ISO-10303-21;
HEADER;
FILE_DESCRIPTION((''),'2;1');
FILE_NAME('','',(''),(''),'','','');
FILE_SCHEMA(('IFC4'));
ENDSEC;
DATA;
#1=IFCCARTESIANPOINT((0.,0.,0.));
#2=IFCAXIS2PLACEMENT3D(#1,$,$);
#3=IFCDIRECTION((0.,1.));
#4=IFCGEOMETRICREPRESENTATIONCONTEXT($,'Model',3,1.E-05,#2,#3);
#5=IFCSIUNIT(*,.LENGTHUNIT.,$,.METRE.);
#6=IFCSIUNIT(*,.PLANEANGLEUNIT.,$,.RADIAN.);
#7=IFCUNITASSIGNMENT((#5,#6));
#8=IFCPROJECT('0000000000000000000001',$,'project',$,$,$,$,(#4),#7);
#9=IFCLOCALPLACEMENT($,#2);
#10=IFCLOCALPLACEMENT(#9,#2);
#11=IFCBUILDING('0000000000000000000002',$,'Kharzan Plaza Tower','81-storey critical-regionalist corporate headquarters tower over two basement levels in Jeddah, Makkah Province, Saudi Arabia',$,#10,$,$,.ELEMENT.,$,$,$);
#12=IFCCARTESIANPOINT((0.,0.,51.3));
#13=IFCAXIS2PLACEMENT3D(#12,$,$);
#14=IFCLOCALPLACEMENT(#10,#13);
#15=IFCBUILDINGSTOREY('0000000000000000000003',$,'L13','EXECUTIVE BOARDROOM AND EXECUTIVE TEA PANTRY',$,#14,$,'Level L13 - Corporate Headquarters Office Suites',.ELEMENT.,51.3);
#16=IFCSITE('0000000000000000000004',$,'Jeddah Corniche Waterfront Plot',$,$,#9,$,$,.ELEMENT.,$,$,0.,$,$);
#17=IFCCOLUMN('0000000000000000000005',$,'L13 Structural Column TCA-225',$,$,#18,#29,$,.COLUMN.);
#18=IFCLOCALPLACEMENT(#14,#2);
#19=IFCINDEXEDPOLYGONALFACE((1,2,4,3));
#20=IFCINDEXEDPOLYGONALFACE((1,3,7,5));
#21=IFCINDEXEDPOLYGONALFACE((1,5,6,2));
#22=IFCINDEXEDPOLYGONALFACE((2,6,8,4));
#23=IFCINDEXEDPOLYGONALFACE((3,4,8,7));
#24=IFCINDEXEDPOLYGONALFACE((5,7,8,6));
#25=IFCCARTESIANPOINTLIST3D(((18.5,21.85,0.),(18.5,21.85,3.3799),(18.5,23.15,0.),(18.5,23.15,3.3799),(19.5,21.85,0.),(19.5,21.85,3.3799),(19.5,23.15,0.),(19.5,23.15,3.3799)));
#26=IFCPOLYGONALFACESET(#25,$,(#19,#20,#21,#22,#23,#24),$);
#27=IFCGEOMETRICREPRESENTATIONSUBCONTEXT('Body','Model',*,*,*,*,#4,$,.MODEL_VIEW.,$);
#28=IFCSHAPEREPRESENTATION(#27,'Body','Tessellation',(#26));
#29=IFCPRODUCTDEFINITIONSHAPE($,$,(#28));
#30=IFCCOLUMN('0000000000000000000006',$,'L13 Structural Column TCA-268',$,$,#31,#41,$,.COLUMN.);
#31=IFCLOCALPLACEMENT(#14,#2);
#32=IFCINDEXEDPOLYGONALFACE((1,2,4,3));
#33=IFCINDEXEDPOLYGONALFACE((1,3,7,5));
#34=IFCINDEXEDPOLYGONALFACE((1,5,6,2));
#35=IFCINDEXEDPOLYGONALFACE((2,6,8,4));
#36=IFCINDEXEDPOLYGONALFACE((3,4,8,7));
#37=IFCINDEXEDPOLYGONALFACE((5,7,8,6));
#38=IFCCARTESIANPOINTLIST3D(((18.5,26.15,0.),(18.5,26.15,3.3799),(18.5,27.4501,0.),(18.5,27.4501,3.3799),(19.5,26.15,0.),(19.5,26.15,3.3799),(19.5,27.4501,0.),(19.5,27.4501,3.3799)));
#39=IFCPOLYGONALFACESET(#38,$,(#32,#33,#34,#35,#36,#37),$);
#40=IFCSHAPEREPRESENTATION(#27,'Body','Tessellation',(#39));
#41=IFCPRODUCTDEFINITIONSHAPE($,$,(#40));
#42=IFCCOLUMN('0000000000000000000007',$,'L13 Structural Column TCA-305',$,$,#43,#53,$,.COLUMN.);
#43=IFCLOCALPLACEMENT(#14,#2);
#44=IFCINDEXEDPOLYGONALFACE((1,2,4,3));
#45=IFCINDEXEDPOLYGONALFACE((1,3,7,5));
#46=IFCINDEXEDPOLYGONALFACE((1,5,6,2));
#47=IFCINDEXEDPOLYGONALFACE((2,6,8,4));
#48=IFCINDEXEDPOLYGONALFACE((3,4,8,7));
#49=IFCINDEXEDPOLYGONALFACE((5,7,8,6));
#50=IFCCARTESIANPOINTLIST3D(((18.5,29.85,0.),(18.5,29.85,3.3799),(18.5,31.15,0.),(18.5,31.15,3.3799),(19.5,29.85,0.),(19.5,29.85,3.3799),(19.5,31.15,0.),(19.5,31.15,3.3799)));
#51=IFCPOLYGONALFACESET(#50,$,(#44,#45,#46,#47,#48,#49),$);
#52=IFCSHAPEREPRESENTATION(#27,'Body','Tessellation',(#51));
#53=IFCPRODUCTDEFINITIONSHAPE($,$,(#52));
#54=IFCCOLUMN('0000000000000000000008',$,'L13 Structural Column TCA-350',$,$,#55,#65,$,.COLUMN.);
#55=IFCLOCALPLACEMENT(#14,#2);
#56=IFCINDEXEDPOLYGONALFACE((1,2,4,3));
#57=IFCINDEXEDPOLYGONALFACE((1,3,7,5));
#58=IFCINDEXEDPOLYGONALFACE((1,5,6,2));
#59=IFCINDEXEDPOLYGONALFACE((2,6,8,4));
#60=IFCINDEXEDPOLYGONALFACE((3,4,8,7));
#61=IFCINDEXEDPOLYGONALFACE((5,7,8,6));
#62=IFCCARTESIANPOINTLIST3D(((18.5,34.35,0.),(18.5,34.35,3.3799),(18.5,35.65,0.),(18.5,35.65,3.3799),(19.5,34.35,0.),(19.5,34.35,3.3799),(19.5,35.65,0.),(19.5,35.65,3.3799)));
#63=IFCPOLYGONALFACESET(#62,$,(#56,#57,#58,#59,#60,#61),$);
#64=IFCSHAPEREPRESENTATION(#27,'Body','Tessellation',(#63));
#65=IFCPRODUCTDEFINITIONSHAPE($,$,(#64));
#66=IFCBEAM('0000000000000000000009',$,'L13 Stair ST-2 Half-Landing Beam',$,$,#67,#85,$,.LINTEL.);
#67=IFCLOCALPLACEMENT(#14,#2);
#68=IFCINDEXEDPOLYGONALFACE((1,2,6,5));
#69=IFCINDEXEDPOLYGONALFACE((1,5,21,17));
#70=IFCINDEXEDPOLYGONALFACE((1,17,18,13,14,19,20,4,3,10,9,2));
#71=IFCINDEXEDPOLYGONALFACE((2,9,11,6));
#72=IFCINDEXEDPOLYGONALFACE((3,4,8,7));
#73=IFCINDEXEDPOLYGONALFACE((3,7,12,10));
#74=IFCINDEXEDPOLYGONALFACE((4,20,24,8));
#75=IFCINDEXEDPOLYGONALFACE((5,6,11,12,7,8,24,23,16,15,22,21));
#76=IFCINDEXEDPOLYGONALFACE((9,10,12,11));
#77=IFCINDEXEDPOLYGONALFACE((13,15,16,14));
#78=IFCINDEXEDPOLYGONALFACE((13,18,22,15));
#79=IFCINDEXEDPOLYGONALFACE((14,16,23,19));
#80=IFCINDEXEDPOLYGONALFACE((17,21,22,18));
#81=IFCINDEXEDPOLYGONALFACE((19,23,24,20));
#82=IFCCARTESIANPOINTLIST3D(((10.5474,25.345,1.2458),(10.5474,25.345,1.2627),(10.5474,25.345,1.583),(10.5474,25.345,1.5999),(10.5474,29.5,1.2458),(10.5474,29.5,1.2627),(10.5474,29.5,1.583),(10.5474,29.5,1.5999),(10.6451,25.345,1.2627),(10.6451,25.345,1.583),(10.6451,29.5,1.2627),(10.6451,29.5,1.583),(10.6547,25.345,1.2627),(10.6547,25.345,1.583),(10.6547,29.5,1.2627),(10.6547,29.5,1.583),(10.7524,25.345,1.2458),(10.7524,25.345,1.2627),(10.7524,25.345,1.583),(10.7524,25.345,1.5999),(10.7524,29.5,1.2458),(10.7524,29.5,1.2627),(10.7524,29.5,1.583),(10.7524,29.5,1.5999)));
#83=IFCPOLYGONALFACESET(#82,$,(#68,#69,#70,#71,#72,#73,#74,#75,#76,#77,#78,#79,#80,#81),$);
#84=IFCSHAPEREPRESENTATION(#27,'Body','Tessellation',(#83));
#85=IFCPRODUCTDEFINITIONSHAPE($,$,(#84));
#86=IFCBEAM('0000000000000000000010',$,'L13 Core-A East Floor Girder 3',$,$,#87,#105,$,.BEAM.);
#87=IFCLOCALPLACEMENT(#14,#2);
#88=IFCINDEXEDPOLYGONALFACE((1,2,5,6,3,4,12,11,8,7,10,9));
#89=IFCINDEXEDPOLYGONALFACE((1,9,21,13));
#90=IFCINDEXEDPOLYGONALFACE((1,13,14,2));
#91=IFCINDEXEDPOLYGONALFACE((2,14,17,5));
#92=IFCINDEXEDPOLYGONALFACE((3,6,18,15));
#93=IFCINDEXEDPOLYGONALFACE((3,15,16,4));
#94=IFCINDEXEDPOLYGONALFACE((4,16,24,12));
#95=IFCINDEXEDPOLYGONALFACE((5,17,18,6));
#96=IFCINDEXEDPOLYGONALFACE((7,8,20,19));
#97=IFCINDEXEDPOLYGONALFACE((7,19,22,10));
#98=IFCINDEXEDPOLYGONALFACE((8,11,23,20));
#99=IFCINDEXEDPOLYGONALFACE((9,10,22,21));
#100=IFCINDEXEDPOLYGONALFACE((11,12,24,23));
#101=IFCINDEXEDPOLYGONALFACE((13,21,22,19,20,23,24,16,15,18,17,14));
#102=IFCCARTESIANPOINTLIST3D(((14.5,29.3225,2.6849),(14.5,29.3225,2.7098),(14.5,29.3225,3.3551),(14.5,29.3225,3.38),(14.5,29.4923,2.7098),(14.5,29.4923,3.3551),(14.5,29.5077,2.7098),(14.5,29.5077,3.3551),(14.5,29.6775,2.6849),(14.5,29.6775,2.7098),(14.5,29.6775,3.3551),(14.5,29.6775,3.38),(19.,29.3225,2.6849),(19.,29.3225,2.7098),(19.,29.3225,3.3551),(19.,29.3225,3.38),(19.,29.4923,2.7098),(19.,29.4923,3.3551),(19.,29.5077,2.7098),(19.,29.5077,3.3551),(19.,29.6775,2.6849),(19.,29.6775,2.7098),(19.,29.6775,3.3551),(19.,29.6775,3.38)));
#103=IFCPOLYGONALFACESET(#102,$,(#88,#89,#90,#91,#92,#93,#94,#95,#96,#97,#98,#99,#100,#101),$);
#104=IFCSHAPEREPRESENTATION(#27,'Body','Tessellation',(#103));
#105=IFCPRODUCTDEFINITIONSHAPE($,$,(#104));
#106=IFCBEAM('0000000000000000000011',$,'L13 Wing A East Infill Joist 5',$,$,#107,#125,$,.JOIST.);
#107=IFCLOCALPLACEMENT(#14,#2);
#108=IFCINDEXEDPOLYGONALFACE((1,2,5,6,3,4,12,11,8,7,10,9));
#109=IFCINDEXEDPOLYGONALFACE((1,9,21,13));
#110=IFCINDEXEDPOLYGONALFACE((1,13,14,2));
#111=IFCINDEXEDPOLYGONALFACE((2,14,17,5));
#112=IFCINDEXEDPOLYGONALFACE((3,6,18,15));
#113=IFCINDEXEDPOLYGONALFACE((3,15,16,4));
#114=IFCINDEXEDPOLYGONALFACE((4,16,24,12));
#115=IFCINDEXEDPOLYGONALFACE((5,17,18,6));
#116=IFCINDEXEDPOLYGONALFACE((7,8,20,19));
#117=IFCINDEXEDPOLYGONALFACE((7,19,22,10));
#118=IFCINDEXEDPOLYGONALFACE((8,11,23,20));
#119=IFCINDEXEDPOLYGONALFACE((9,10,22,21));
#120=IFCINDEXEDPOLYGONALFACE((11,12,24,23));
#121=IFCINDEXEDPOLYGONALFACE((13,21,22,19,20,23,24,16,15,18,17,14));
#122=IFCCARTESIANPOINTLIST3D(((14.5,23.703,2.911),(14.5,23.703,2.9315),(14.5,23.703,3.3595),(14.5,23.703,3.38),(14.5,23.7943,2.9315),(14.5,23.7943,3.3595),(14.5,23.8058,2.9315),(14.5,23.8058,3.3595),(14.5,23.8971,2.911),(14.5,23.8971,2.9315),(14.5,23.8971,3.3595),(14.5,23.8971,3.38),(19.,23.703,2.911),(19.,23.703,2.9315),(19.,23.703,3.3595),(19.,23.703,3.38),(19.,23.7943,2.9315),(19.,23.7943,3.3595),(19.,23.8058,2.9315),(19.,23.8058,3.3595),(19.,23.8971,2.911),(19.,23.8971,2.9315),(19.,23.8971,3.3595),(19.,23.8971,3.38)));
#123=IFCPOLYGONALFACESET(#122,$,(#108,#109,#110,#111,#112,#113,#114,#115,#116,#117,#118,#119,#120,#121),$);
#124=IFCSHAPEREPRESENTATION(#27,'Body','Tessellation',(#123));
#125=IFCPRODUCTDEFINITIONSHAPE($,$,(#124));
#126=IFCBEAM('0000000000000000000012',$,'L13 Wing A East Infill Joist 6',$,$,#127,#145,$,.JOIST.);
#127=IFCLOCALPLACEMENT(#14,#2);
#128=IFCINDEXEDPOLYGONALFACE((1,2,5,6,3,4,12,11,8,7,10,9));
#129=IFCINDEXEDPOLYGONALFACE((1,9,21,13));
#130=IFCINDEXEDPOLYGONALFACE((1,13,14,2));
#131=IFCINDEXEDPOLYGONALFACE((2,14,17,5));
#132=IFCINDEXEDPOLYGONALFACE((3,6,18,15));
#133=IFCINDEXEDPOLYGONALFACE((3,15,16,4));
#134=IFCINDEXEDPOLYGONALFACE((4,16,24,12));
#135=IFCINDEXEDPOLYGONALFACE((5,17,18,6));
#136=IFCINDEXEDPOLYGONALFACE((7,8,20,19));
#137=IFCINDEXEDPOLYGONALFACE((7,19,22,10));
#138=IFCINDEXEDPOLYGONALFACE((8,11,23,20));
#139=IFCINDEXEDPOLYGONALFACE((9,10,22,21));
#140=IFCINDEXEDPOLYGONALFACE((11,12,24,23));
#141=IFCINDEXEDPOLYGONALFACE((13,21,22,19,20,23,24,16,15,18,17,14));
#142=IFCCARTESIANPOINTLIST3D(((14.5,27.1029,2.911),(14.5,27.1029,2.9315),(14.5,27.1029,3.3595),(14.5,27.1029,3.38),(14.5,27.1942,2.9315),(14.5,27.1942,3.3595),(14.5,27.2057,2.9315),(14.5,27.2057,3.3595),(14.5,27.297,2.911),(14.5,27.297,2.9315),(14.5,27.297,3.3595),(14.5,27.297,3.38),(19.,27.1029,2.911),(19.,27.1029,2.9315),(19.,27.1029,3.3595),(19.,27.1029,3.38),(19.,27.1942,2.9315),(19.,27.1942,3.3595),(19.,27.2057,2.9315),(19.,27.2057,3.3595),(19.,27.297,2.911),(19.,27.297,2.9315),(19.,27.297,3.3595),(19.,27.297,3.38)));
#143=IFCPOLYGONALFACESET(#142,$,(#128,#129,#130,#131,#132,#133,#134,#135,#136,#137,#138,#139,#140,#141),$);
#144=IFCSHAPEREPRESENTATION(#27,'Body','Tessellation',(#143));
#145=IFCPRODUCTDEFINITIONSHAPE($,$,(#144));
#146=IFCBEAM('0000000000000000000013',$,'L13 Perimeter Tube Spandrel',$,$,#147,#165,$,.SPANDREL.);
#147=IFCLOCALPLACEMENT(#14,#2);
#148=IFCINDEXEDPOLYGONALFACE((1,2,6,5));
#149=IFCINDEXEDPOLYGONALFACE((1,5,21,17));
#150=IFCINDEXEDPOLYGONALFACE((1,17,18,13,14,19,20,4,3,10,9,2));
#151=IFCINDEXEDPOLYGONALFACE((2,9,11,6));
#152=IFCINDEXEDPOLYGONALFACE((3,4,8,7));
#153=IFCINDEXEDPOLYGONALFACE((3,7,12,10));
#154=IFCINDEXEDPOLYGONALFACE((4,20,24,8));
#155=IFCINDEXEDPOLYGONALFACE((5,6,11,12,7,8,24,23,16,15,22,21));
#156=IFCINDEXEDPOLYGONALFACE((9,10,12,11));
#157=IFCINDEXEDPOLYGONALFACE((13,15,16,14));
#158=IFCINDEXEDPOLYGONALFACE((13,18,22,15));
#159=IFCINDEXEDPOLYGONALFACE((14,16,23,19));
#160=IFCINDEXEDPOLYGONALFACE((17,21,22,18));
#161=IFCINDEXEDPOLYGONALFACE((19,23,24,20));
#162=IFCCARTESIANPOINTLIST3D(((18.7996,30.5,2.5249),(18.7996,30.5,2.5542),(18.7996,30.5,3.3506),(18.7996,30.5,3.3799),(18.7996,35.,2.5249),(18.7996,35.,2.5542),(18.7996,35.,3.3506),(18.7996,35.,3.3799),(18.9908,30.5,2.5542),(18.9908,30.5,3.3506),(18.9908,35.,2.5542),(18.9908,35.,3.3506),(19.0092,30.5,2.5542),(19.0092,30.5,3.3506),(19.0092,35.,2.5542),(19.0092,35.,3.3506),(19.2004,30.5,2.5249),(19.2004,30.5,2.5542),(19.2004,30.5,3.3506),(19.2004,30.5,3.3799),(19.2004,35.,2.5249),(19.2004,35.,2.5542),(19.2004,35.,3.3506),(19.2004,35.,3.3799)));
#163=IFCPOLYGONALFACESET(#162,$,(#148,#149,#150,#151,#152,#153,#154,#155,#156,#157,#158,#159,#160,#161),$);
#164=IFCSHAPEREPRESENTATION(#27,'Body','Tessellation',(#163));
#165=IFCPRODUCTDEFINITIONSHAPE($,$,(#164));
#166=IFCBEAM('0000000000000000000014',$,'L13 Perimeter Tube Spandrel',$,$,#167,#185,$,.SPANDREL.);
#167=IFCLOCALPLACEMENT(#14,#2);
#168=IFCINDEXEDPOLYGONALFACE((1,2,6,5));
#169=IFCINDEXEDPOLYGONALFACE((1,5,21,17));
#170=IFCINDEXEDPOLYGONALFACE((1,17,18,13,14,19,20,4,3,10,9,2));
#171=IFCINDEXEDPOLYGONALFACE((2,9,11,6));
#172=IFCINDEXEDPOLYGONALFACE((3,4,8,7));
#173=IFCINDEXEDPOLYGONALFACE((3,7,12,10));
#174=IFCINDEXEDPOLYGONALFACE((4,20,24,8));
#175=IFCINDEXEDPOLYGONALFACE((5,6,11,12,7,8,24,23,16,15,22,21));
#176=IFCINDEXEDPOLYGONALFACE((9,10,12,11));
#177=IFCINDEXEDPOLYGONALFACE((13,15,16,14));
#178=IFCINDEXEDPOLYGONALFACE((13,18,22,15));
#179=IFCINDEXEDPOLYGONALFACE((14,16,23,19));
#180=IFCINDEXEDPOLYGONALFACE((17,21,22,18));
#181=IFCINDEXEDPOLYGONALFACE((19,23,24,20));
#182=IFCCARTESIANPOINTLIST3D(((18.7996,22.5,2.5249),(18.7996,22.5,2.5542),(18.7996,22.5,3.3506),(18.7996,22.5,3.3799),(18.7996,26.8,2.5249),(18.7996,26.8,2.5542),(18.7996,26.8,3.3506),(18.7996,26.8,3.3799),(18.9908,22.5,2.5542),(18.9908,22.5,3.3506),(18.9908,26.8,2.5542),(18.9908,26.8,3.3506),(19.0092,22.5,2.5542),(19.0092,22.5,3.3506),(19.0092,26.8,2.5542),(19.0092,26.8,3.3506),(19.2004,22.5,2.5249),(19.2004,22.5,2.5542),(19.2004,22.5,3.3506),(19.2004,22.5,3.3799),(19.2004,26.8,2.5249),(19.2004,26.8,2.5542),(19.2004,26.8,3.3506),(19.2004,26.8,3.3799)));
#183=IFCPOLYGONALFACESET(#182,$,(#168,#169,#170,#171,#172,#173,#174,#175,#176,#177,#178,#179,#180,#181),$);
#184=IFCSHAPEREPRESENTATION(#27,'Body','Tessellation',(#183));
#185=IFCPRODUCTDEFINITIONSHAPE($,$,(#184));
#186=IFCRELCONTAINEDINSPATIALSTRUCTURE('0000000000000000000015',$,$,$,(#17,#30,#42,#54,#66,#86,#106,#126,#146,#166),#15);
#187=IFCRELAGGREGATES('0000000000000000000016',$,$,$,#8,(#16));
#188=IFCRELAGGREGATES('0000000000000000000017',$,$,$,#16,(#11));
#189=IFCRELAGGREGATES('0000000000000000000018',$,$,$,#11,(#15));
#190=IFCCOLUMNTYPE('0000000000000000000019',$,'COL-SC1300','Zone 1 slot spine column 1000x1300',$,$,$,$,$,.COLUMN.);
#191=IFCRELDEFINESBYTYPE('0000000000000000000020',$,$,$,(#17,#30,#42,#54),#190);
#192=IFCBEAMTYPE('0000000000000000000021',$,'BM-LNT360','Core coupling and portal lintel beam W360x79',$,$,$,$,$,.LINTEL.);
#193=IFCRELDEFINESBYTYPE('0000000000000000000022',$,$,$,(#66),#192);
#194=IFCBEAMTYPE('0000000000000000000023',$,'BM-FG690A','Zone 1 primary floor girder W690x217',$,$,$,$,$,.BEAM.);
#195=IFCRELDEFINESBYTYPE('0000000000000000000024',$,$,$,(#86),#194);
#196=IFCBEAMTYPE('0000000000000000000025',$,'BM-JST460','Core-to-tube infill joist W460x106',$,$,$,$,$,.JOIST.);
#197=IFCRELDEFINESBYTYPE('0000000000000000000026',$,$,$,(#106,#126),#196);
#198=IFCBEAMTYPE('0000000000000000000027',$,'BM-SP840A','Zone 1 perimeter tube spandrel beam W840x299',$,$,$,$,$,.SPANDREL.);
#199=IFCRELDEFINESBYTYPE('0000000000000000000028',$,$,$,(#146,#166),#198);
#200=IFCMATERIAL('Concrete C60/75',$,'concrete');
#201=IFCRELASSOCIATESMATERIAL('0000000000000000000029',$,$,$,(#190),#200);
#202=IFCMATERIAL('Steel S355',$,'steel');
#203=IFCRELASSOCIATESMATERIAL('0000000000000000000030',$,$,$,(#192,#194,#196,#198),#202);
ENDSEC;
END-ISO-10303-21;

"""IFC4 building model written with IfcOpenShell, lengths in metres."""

from ifc_helpers import new_model, si_unit, direction, frame, origin, origin_2d, place, context, subcontext, project, spatial, rectangle, i_section, extrude, source, transform, mapped, material, material_profile, profile_set, type_object, element, save


model = new_model("IFC4")

# Units and contexts
model_context = context("Model", 3, precision=1e-05, world=origin(), true_north=direction((0.0, 1.0)))
body_context = subcontext(model_context, "Body", "Model", "MODEL_VIEW")
ifc_project = project(units=[si_unit("LENGTHUNIT", "METRE"), si_unit("PLANEANGLEUNIT", "RADIAN")], contexts=[model_context])

# Site, building, storey
site_placement = place(None, origin())
site = spatial("IfcSite", under=ifc_project, at=site_placement, Name="Jeddah Corniche Waterfront Plot", CompositionType="ELEMENT", RefElevation=0.0)
building_placement = place(site_placement, origin())
building = spatial("IfcBuilding", under=site, at=building_placement, Name="Kharzan Plaza Tower", Description="81-storey critical-regionalist corporate headquarters tower over two basement levels in Jeddah, Makkah Province, Saudi Arabia", CompositionType="ELEMENT")
storey_placement = place(building_placement, frame((0.0, 0.0, 51.3)))
storey = spatial("IfcBuildingStorey", under=building, at=storey_placement, Name="L13", Description="EXECUTIVE BOARDROOM AND EXECUTIVE TEA PANTRY", LongName="Level L13 - Corporate Headquarters Office Suites", CompositionType="ELEMENT", Elevation=51.3)

# Columns
ifc_material_1 = material(Name="Concrete C60/75", Category="concrete")
ifc_material_profile_1 = material_profile(ifc_material_1, rectangle(XDim=1.0, YDim=1.3, at=origin_2d()), Name="RC-SC1300x1000")
ifc_profile_set_1 = profile_set([ifc_material_profile_1], Name="Concrete C60/75")
column_type = type_object("IfcColumnType", Name="COL-SC1300", Description="Zone 1 slot spine column 1000x1300", PredefinedType="COLUMN", material=ifc_profile_set_1)
shared_shape_1 = source(origin(), body_context, "Body", "SweptSolid", [
    extrude(rectangle(XDim=1.0, YDim=1.3, at=origin_2d()), origin(), (0.0, 0.0, 1.0), 3.3799),
])
for number, where, z_axis, x_axis, name in (
    (1, (19.0, 22.5, 0.0), (0.0, 0.0, 1.0), (1.0, 0.0, 0.0), "L13 Structural Column TCA-225"),
    (2, (19.0, 26.8, 0.0), (0.0, 0.0, 1.0), (1.0, 0.0, 0.0), "L13 Structural Column TCA-268"),
    (3, (19.0, 30.5, 0.0), (0.0, 0.0, 1.0), (1.0, 0.0, 0.0), "L13 Structural Column TCA-305"),
    (4, (19.0, 35.0, 0.0), (0.0, 0.0, 1.0), (1.0, 0.0, 0.0), "L13 Structural Column TCA-350"),
):
    element("IfcColumn", number, at=place(storey_placement, frame(where, z_axis=z_axis, x_axis=x_axis)), inside=storey, type_object=column_type, Name=name, PredefinedType="COLUMN", context=body_context, shape_type="MappedRepresentation", body=[
        mapped(shared_shape_1, transform((0.0, 0.0, 0.0), x_axis=(1.0, 0.0, 0.0), y_axis=(0.0, 1.0, 0.0), z_axis=(0.0, 0.0, 1.0))),
    ])

# Beams
ifc_material_2 = material(Name="Steel S355", Category="steel")
ifc_material_profile_2 = material_profile(ifc_material_2, i_section(OverallWidth=0.2051, OverallDepth=0.354, WebThickness=0.0095, FlangeThickness=0.0168, at=origin_2d()), Name="W360x79")
ifc_profile_set_2 = profile_set([ifc_material_profile_2], Name="Steel S355")
beam_type_1 = type_object("IfcBeamType", Name="BM-LNT360", Description="Core coupling and portal lintel beam W360x79", PredefinedType="LINTEL", material=ifc_profile_set_2)
shared_shape_2 = source(origin(), body_context, "Body", "SweptSolid", [
    extrude(i_section(OverallWidth=0.2051, OverallDepth=0.354, WebThickness=0.0095, FlangeThickness=0.0168, at=origin_2d()), origin(), (0.0, 0.0, 1.0), 4.155),
])
beam_1_placement = place(storey_placement, frame((10.6499, 25.345, 1.4229), z_axis=(0.0, 1.0, 0.0), x_axis=(-1.0, 0.0, 0.0)))
element("IfcBeam", 5, at=beam_1_placement, inside=storey, type_object=beam_type_1, Name="L13 Stair ST-2 Half-Landing Beam", PredefinedType="LINTEL", context=body_context, shape_type="MappedRepresentation", body=[
    mapped(shared_shape_2, transform((0.0, 0.0, 0.0), x_axis=(1.0, 0.0, 0.0), y_axis=(0.0, 1.0, 0.0), z_axis=(0.0, 0.0, 1.0))),
])
ifc_material_profile_3 = material_profile(ifc_material_2, i_section(OverallWidth=0.355, OverallDepth=0.6951, WebThickness=0.0154, FlangeThickness=0.0249, at=origin_2d()), Name="W690x217")
ifc_profile_set_3 = profile_set([ifc_material_profile_3], Name="Steel S355")
beam_type_2 = type_object("IfcBeamType", Name="BM-FG690A", Description="Zone 1 primary floor girder W690x217", PredefinedType="BEAM", material=ifc_profile_set_3)
shared_shape_3 = source(origin(), body_context, "Body", "SweptSolid", [
    extrude(i_section(OverallWidth=0.355, OverallDepth=0.6951, WebThickness=0.0154, FlangeThickness=0.0249, at=origin_2d()), origin(), (0.0, 0.0, 1.0), 4.5),
])
beam_2_placement = place(storey_placement, frame((14.5, 29.5, 3.0325), z_axis=(1.0, 0.0, 0.0), x_axis=(0.0, 1.0, 0.0)))
element("IfcBeam", 6, at=beam_2_placement, inside=storey, type_object=beam_type_2, Name="L13 Core-A East Floor Girder 3", PredefinedType="BEAM", context=body_context, shape_type="MappedRepresentation", body=[
    mapped(shared_shape_3, transform((0.0, 0.0, 0.0), x_axis=(1.0, 0.0, 0.0), y_axis=(0.0, 1.0, 0.0), z_axis=(0.0, 0.0, 1.0))),
])
ifc_material_profile_4 = material_profile(ifc_material_2, i_section(OverallWidth=0.1941, OverallDepth=0.469, WebThickness=0.0115, FlangeThickness=0.0205, at=origin_2d()), Name="W460x106")
ifc_profile_set_4 = profile_set([ifc_material_profile_4], Name="Steel S355")
beam_type_3 = type_object("IfcBeamType", Name="BM-JST460", Description="Core-to-tube infill joist W460x106", PredefinedType="JOIST", material=ifc_profile_set_4)
shared_shape_4 = source(origin(), body_context, "Body", "SweptSolid", [
    extrude(i_section(OverallWidth=0.1941, OverallDepth=0.469, WebThickness=0.0115, FlangeThickness=0.0205, at=origin_2d()), origin(), (0.0, 0.0, 1.0), 4.5),
])
for number, where, z_axis, x_axis, name in (
    (7, (14.5, 23.8, 3.1455), (1.0, 0.0, 0.0), (0.0, 1.0, 0.0), "L13 Wing A East Infill Joist 5"),
    (8, (14.5, 27.2, 3.1455), (1.0, 0.0, 0.0), (0.0, 1.0, 0.0), "L13 Wing A East Infill Joist 6"),
):
    element("IfcBeam", number, at=place(storey_placement, frame(where, z_axis=z_axis, x_axis=x_axis)), inside=storey, type_object=beam_type_3, Name=name, PredefinedType="JOIST", context=body_context, shape_type="MappedRepresentation", body=[
        mapped(shared_shape_4, transform((0.0, 0.0, 0.0), x_axis=(1.0, 0.0, 0.0), y_axis=(0.0, 1.0, 0.0), z_axis=(0.0, 0.0, 1.0))),
    ])
ifc_material_profile_5 = material_profile(ifc_material_2, i_section(OverallWidth=0.4009, OverallDepth=0.855, WebThickness=0.0183, FlangeThickness=0.0293, at=origin_2d()), Name="W840x299")
ifc_profile_set_5 = profile_set([ifc_material_profile_5], Name="Steel S355")
beam_type_4 = type_object("IfcBeamType", Name="BM-SP840A", Description="Zone 1 perimeter tube spandrel beam W840x299", PredefinedType="SPANDREL", material=ifc_profile_set_5)
shared_shape_5 = source(origin(), body_context, "Body", "SweptSolid", [
    extrude(i_section(OverallWidth=0.4009, OverallDepth=0.855, WebThickness=0.0183, FlangeThickness=0.0293, at=origin_2d()), origin(), (0.0, 0.0, 1.0), 4.5),
])
beam_3_placement = place(storey_placement, frame((19.0, 30.5, 2.9524), z_axis=(0.0, 1.0, 0.0), x_axis=(-1.0, 0.0, 0.0)))
element("IfcBeam", 9, at=beam_3_placement, inside=storey, type_object=beam_type_4, Name="L13 Perimeter Tube Spandrel", PredefinedType="SPANDREL", context=body_context, shape_type="MappedRepresentation", body=[
    mapped(shared_shape_5, transform((0.0, 0.0, 0.0), x_axis=(1.0, 0.0, 0.0), y_axis=(0.0, 1.0, 0.0), z_axis=(0.0, 0.0, 1.0))),
])
shared_shape_6 = source(origin(), body_context, "Body", "SweptSolid", [
    extrude(i_section(OverallWidth=0.4009, OverallDepth=0.855, WebThickness=0.0183, FlangeThickness=0.0293, at=origin_2d()), origin(), (0.0, 0.0, 1.0), 4.3),
])
beam_4_placement = place(storey_placement, frame((19.0, 22.5, 2.9524), z_axis=(0.0, 1.0, 0.0), x_axis=(-1.0, 0.0, 0.0)))
element("IfcBeam", 10, at=beam_4_placement, inside=storey, type_object=beam_type_4, Name="L13 Perimeter Tube Spandrel", PredefinedType="SPANDREL", context=body_context, shape_type="MappedRepresentation", body=[
    mapped(shared_shape_6, transform((0.0, 0.0, 0.0), x_axis=(1.0, 0.0, 0.0), y_axis=(0.0, 1.0, 0.0), z_axis=(0.0, 0.0, 1.0))),
])

save(model, "model.ifc")
